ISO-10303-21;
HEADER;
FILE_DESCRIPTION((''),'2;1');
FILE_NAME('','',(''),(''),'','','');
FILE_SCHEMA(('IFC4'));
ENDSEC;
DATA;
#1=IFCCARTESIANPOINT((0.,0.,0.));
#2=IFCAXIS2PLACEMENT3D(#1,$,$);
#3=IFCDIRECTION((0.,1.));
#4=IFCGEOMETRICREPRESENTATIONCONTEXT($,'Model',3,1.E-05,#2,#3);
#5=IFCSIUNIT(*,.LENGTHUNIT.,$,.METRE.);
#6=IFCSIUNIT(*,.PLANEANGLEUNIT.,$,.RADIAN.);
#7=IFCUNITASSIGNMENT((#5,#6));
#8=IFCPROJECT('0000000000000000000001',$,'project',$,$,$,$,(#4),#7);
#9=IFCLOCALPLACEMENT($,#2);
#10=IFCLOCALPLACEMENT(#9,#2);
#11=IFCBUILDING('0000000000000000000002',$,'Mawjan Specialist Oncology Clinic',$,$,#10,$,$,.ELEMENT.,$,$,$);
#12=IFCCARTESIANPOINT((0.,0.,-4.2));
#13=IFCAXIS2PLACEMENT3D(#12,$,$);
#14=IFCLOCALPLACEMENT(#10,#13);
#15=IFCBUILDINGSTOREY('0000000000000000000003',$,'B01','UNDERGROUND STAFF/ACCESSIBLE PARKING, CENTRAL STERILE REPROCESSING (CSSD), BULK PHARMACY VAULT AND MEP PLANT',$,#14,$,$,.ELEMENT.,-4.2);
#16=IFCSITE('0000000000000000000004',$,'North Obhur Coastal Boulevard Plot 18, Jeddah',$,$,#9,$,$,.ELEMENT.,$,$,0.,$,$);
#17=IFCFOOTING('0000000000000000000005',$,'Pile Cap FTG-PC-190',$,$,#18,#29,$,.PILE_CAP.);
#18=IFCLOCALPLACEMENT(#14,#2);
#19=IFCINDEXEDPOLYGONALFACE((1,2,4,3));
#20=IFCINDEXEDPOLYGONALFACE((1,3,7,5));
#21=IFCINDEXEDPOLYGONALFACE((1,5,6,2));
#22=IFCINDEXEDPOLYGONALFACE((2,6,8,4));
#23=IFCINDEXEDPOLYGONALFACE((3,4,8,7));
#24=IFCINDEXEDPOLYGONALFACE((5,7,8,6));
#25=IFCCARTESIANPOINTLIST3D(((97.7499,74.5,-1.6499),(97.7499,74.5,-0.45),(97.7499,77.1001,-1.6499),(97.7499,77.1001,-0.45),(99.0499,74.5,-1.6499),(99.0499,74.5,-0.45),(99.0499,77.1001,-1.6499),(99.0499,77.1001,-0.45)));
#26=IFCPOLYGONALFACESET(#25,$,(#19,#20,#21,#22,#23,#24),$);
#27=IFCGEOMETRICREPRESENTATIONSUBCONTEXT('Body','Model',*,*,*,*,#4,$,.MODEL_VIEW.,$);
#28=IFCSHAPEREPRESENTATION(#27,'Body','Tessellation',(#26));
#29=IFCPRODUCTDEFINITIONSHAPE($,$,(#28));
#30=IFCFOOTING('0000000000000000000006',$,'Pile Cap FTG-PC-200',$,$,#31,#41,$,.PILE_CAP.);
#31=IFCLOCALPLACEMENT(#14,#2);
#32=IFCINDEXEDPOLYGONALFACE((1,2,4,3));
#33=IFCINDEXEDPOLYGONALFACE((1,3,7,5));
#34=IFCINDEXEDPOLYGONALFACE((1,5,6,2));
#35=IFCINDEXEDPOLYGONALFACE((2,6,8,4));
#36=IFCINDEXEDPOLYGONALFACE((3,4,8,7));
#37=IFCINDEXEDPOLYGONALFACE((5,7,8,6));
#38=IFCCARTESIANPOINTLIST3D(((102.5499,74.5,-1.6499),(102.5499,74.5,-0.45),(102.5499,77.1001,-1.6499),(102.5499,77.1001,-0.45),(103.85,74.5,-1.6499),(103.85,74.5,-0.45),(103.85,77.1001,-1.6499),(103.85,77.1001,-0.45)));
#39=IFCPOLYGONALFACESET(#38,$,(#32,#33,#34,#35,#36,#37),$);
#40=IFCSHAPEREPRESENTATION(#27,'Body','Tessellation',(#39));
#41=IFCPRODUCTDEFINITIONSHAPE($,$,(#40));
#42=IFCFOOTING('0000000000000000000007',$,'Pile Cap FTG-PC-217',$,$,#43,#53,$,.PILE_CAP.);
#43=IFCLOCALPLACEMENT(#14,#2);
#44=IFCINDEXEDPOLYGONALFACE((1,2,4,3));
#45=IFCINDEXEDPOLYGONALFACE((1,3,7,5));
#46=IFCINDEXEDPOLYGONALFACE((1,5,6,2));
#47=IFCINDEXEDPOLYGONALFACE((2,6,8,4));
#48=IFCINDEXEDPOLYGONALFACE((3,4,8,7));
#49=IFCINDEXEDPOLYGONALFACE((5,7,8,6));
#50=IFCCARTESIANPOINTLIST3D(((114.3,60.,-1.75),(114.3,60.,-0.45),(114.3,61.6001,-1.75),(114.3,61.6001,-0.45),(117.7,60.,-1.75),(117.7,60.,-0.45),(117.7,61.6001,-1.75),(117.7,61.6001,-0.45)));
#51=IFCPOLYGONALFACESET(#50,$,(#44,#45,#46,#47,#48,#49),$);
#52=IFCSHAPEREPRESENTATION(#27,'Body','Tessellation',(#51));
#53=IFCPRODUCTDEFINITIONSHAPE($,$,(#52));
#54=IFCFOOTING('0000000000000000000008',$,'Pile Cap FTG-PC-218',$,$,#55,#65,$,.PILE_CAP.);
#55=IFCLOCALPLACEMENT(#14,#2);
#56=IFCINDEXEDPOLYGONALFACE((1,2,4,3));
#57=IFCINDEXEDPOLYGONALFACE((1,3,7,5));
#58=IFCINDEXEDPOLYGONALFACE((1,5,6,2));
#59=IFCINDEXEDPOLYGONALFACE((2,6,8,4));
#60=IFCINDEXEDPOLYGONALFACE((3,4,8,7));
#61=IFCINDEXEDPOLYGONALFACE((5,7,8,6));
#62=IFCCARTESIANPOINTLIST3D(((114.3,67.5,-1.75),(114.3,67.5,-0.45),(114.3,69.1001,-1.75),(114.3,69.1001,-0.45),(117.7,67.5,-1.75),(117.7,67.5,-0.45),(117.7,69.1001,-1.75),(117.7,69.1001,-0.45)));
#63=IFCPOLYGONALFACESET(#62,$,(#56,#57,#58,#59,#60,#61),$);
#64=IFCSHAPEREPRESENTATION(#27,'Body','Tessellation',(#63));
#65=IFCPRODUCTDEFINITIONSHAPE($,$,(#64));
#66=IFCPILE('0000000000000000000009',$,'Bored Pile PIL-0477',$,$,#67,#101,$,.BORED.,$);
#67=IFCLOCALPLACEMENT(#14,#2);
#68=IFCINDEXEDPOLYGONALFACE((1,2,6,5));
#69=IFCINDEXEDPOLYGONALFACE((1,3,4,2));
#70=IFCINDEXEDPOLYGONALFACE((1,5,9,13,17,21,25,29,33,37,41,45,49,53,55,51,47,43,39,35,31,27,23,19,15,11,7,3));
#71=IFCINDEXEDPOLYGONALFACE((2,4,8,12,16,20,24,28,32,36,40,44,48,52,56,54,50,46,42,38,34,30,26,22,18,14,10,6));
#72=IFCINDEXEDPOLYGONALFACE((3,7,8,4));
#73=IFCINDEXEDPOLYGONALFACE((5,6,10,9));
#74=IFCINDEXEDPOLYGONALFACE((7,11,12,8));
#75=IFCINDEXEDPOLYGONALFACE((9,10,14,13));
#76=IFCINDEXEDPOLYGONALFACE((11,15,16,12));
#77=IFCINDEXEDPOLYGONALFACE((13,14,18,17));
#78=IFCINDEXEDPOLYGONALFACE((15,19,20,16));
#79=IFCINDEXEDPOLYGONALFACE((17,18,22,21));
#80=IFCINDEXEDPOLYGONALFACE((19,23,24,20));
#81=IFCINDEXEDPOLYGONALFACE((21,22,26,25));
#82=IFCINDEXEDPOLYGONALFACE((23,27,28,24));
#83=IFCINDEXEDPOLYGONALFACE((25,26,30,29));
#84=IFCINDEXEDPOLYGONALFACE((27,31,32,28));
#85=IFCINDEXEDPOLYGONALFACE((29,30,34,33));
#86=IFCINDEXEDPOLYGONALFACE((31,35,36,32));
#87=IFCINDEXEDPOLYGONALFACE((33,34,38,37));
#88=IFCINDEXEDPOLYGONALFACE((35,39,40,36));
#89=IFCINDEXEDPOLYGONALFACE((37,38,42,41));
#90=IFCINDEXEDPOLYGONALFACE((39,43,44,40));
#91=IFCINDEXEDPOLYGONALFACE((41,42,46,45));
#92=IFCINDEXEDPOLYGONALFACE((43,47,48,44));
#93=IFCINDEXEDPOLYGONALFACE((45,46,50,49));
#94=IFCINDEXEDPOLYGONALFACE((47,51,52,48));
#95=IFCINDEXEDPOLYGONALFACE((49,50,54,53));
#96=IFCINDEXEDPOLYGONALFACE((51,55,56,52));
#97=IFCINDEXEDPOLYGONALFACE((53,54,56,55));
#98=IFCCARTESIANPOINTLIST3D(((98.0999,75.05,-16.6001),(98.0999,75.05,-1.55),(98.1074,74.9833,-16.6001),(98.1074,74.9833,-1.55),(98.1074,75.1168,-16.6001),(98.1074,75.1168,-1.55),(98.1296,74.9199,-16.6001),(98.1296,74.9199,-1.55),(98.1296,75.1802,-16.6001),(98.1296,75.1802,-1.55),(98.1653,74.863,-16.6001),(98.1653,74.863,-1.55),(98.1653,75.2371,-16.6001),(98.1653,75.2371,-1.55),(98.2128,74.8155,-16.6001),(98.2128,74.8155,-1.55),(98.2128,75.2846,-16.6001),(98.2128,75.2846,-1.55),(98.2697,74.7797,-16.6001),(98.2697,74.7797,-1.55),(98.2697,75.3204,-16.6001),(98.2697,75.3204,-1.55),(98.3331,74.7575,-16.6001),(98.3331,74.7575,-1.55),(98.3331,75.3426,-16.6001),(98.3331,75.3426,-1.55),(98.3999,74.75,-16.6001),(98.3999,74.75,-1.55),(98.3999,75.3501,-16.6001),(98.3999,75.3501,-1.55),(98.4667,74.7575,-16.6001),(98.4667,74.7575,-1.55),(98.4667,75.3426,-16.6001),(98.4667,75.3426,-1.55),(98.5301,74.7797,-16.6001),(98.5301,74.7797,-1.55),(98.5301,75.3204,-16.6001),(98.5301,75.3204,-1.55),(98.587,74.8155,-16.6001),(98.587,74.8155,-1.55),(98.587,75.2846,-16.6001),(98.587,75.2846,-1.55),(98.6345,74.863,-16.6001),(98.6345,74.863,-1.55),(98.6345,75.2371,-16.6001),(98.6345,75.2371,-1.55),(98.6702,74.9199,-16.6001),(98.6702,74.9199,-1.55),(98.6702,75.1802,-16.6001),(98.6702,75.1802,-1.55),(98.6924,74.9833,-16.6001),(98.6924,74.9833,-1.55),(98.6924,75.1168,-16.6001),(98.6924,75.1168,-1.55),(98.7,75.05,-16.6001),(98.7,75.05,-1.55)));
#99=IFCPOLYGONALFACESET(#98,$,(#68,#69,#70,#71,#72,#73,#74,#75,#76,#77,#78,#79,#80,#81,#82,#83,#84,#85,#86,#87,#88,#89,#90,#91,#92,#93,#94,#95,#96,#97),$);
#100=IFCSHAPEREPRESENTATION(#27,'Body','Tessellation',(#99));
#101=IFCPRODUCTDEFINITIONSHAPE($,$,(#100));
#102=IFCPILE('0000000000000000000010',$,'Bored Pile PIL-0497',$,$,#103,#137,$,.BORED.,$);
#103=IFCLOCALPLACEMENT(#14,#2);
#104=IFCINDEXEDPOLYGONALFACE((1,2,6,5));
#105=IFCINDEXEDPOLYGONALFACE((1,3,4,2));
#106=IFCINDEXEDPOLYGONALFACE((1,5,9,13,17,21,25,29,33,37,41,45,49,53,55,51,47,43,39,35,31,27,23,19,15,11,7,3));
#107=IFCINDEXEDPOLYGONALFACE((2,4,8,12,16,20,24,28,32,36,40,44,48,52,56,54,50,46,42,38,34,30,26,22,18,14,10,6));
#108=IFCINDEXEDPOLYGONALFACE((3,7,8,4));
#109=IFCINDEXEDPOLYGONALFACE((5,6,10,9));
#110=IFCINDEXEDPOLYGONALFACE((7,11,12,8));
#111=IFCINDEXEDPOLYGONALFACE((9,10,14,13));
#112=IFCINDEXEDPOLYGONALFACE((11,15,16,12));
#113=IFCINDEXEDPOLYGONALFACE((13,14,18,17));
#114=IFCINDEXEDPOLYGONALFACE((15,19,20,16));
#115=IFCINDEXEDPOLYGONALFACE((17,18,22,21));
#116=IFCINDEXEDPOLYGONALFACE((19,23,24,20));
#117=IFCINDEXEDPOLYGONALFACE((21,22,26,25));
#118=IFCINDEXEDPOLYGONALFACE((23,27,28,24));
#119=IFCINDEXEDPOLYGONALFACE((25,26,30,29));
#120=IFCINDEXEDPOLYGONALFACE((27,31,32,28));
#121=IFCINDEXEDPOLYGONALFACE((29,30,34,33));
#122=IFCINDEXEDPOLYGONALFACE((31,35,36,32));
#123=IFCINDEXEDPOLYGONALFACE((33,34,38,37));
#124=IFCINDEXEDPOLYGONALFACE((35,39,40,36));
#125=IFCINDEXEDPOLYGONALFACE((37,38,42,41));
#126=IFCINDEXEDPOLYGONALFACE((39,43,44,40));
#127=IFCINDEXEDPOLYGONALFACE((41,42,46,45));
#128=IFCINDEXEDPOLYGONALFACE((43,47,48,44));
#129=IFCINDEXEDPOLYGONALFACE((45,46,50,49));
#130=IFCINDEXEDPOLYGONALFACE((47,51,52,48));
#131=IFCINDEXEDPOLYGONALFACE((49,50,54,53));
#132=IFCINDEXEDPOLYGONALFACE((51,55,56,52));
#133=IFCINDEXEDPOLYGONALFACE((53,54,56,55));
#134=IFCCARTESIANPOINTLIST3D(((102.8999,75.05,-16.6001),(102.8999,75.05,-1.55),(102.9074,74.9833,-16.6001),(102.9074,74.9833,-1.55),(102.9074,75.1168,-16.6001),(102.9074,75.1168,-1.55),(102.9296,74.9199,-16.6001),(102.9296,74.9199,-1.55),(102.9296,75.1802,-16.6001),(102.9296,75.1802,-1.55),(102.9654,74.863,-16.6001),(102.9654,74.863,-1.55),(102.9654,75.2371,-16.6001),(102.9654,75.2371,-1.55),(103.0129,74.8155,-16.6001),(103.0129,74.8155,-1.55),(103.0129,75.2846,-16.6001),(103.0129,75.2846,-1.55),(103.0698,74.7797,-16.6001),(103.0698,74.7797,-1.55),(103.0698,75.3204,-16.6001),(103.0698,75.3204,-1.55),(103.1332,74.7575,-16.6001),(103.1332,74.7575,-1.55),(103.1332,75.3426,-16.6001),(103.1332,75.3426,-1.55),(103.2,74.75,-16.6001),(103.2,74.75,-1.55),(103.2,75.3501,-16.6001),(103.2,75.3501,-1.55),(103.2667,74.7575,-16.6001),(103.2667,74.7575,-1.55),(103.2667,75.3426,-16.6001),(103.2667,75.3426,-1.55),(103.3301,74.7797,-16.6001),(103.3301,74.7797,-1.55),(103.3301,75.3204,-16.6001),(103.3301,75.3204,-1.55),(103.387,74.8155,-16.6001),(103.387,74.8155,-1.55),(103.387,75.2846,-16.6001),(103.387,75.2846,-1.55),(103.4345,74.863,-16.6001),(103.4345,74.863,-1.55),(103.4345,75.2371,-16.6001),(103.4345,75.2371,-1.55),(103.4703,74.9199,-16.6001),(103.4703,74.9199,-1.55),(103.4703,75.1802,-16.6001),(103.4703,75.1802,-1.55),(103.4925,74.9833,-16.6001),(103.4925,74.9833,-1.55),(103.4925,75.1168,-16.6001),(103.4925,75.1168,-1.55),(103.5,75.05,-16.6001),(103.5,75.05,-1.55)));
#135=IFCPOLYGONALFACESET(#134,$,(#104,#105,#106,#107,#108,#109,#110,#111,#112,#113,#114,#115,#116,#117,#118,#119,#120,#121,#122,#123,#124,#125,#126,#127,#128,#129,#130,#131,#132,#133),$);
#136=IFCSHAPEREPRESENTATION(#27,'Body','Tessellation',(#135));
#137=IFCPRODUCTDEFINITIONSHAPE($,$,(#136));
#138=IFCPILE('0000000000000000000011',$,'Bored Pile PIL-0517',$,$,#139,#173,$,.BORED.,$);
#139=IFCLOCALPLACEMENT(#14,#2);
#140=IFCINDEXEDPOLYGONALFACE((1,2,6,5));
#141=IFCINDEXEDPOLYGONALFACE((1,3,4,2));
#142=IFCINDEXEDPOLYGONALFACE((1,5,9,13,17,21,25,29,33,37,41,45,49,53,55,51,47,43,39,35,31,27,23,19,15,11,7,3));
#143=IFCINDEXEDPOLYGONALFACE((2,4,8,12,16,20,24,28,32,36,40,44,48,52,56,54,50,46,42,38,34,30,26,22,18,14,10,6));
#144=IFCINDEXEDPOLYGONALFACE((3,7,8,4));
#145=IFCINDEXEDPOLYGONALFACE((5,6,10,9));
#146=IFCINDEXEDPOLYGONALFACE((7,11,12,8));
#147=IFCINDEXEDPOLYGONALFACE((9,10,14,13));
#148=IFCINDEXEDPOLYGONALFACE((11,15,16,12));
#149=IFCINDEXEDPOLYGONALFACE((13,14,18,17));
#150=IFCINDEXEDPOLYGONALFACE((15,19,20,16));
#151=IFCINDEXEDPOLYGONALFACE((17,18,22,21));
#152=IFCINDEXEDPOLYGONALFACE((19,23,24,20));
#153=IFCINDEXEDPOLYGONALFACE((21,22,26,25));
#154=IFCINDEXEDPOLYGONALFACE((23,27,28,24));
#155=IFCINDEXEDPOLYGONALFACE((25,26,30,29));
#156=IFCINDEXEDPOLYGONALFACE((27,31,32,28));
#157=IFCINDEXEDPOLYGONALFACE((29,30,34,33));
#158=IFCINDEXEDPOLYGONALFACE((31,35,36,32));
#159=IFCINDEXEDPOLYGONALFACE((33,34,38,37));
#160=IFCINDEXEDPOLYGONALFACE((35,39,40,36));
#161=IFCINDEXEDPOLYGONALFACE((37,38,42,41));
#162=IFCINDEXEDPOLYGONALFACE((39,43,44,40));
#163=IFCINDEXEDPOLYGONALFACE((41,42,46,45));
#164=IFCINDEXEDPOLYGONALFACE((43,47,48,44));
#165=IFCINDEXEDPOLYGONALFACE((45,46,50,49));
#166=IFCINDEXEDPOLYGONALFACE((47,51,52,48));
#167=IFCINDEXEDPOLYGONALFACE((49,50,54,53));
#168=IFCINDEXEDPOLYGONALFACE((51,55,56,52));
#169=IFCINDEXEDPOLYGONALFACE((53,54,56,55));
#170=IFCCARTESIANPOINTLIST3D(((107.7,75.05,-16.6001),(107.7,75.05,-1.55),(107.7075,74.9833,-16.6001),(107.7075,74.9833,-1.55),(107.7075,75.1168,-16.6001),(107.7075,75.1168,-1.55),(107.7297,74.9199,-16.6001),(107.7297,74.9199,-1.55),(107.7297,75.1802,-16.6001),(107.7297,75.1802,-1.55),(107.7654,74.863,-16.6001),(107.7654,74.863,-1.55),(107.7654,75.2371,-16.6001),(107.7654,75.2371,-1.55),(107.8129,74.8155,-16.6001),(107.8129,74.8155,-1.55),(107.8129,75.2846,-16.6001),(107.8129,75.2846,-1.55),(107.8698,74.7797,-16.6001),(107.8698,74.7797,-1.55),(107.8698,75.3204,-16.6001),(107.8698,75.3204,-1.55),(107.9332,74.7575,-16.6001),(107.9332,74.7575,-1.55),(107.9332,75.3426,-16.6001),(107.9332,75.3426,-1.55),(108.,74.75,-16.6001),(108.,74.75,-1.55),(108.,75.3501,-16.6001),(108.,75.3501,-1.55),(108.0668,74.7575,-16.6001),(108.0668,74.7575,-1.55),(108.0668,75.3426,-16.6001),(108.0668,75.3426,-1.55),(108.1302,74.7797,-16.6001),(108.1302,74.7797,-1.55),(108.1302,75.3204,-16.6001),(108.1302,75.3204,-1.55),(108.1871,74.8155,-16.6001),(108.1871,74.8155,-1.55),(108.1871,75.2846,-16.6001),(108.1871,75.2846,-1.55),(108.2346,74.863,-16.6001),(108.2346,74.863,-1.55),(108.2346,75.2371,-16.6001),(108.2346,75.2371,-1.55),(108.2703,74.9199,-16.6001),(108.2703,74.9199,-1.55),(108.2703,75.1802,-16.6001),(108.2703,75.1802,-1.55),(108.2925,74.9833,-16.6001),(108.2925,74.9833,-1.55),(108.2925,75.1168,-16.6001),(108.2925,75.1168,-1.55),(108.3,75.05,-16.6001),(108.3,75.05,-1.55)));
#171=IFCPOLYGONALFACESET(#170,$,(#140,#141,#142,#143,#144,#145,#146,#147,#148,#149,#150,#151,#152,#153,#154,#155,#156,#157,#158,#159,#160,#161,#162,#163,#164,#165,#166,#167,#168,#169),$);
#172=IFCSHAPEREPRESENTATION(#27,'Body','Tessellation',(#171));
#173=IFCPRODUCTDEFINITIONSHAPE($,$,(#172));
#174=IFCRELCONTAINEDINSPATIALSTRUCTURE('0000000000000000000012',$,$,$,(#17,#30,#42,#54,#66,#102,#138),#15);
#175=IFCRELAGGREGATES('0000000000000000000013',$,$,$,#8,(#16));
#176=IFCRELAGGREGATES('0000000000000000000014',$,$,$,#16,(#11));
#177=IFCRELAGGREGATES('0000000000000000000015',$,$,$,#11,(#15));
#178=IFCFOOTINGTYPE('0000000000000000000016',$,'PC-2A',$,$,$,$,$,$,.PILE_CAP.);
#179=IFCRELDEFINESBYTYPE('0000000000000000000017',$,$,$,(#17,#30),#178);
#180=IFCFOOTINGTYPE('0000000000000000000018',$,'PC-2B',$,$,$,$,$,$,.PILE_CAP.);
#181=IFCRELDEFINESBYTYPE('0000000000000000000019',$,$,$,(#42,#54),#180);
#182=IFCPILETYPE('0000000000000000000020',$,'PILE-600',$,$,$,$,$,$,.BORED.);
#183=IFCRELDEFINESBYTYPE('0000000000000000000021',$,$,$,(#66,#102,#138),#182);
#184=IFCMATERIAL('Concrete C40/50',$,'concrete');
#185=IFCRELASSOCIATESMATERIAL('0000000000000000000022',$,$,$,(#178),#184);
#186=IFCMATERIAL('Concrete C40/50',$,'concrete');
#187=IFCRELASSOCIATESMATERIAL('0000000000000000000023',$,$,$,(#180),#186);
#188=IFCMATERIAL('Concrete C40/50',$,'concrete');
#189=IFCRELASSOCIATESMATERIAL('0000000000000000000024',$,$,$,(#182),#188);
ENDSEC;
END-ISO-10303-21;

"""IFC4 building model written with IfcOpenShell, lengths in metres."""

from ifc_helpers import new_model, si_unit, direction, frame, origin, origin_2d, place, context, subcontext, project, spatial, rectangle, circle, extrude, material, material_profile, profile_set, type_object, element, save


model = new_model("IFC4")

# Units and contexts
model_context = context("Model", 3, precision=1e-05, world=origin(), true_north=direction((0.0, 1.0)))
body_context = subcontext(model_context, "Body", "Model", "MODEL_VIEW")
ifc_project = project(units=[si_unit("LENGTHUNIT", "METRE"), si_unit("PLANEANGLEUNIT", "RADIAN")], contexts=[model_context])

# Site, building, storey
site_placement = place(None, origin())
site = spatial("IfcSite", under=ifc_project, at=site_placement, Name="North Obhur Coastal Boulevard Plot 18, Jeddah", CompositionType="ELEMENT", RefElevation=0.0)
building_placement = place(site_placement, origin())
building = spatial("IfcBuilding", under=site, at=building_placement, Name="Mawjan Specialist Oncology Clinic", CompositionType="ELEMENT")
storey_placement = place(building_placement, frame((0.0, 0.0, -4.2)))
storey = spatial("IfcBuildingStorey", under=building, at=storey_placement, Name="B01", Description="UNDERGROUND STAFF/ACCESSIBLE PARKING, CENTRAL STERILE REPROCESSING (CSSD), BULK PHARMACY VAULT AND MEP PLANT", CompositionType="ELEMENT", Elevation=-4.2)

# Footings
ifc_material_1 = material(Name="Concrete C40/50", Category="concrete")
footing_type_1 = type_object("IfcFootingType", Name="PC-2A", PredefinedType="PILE_CAP", material=ifc_material_1)
for number, where, z_axis, x_axis, name in (
    (1, (98.3999, 75.8, -1.6499), (0.0, 0.0, 1.0), (0.0, 1.0, 0.0), "Pile Cap FTG-PC-190"),
    (2, (103.2, 75.8, -1.6499), (0.0, 0.0, 1.0), (0.0, 1.0, 0.0), "Pile Cap FTG-PC-200"),
):
    element("IfcFooting", number, at=place(storey_placement, frame(where, z_axis=z_axis, x_axis=x_axis)), inside=storey, type_object=footing_type_1, Name=name, PredefinedType="PILE_CAP", context=body_context, shape_type="SweptSolid", body=[
        extrude(rectangle(XDim=2.6001, YDim=1.3, at=origin_2d()), origin(), (0.0, 0.0, 1.0), 1.2),
    ])
ifc_material_2 = material(Name="Concrete C40/50", Category="concrete")
footing_type_2 = type_object("IfcFootingType", Name="PC-2B", PredefinedType="PILE_CAP", material=ifc_material_2)
for number, where, z_axis, x_axis, name in (
    (3, (116.0, 60.8, -1.75), (0.0, 0.0, 1.0), (1.0, 0.0, 0.0), "Pile Cap FTG-PC-217"),
    (4, (116.0, 68.3, -1.75), (0.0, 0.0, 1.0), (1.0, 0.0, 0.0), "Pile Cap FTG-PC-218"),
):
    element("IfcFooting", number, at=place(storey_placement, frame(where, z_axis=z_axis, x_axis=x_axis)), inside=storey, type_object=footing_type_2, Name=name, PredefinedType="PILE_CAP", context=body_context, shape_type="SweptSolid", body=[
        extrude(rectangle(XDim=3.3999, YDim=1.6001, at=origin_2d()), origin(), (0.0, 0.0, 1.0), 1.3),
    ])

# Piles
ifc_material_3 = material(Name="Concrete C40/50", Category="concrete")
ifc_material_profile_1 = material_profile(ifc_material_3, circle(Radius=0.3, at=origin_2d()), Name="BORED PILE D600", Category="concrete")
ifc_profile_set_1 = profile_set([ifc_material_profile_1], Name="Concrete C40/50")
pile_type_1 = type_object("IfcPileType", Name="PILE-600", PredefinedType="BORED", material=ifc_profile_set_1)
for number, where, z_axis, x_axis, name in (
    (5, (98.3999, 75.05, -1.55), (0.0, 0.0, -1.0), (1.0, 0.0, 0.0), "Bored Pile PIL-0477"),
    (6, (103.2, 75.05, -1.55), (0.0, 0.0, -1.0), (1.0, 0.0, 0.0), "Bored Pile PIL-0497"),
    (7, (108.0, 75.05, -1.55), (0.0, 0.0, -1.0), (1.0, 0.0, 0.0), "Bored Pile PIL-0517"),
):
    element("IfcPile", number, at=place(storey_placement, frame(where, z_axis=z_axis, x_axis=x_axis)), inside=storey, type_object=pile_type_1, Name=name, PredefinedType="BORED", context=body_context, shape_type="SweptSolid", body=[
        extrude(circle(Radius=0.3, at=origin_2d()), origin(), (0.0, 0.0, 1.0), 15.05),
    ])

save(model, "model.ifc")
